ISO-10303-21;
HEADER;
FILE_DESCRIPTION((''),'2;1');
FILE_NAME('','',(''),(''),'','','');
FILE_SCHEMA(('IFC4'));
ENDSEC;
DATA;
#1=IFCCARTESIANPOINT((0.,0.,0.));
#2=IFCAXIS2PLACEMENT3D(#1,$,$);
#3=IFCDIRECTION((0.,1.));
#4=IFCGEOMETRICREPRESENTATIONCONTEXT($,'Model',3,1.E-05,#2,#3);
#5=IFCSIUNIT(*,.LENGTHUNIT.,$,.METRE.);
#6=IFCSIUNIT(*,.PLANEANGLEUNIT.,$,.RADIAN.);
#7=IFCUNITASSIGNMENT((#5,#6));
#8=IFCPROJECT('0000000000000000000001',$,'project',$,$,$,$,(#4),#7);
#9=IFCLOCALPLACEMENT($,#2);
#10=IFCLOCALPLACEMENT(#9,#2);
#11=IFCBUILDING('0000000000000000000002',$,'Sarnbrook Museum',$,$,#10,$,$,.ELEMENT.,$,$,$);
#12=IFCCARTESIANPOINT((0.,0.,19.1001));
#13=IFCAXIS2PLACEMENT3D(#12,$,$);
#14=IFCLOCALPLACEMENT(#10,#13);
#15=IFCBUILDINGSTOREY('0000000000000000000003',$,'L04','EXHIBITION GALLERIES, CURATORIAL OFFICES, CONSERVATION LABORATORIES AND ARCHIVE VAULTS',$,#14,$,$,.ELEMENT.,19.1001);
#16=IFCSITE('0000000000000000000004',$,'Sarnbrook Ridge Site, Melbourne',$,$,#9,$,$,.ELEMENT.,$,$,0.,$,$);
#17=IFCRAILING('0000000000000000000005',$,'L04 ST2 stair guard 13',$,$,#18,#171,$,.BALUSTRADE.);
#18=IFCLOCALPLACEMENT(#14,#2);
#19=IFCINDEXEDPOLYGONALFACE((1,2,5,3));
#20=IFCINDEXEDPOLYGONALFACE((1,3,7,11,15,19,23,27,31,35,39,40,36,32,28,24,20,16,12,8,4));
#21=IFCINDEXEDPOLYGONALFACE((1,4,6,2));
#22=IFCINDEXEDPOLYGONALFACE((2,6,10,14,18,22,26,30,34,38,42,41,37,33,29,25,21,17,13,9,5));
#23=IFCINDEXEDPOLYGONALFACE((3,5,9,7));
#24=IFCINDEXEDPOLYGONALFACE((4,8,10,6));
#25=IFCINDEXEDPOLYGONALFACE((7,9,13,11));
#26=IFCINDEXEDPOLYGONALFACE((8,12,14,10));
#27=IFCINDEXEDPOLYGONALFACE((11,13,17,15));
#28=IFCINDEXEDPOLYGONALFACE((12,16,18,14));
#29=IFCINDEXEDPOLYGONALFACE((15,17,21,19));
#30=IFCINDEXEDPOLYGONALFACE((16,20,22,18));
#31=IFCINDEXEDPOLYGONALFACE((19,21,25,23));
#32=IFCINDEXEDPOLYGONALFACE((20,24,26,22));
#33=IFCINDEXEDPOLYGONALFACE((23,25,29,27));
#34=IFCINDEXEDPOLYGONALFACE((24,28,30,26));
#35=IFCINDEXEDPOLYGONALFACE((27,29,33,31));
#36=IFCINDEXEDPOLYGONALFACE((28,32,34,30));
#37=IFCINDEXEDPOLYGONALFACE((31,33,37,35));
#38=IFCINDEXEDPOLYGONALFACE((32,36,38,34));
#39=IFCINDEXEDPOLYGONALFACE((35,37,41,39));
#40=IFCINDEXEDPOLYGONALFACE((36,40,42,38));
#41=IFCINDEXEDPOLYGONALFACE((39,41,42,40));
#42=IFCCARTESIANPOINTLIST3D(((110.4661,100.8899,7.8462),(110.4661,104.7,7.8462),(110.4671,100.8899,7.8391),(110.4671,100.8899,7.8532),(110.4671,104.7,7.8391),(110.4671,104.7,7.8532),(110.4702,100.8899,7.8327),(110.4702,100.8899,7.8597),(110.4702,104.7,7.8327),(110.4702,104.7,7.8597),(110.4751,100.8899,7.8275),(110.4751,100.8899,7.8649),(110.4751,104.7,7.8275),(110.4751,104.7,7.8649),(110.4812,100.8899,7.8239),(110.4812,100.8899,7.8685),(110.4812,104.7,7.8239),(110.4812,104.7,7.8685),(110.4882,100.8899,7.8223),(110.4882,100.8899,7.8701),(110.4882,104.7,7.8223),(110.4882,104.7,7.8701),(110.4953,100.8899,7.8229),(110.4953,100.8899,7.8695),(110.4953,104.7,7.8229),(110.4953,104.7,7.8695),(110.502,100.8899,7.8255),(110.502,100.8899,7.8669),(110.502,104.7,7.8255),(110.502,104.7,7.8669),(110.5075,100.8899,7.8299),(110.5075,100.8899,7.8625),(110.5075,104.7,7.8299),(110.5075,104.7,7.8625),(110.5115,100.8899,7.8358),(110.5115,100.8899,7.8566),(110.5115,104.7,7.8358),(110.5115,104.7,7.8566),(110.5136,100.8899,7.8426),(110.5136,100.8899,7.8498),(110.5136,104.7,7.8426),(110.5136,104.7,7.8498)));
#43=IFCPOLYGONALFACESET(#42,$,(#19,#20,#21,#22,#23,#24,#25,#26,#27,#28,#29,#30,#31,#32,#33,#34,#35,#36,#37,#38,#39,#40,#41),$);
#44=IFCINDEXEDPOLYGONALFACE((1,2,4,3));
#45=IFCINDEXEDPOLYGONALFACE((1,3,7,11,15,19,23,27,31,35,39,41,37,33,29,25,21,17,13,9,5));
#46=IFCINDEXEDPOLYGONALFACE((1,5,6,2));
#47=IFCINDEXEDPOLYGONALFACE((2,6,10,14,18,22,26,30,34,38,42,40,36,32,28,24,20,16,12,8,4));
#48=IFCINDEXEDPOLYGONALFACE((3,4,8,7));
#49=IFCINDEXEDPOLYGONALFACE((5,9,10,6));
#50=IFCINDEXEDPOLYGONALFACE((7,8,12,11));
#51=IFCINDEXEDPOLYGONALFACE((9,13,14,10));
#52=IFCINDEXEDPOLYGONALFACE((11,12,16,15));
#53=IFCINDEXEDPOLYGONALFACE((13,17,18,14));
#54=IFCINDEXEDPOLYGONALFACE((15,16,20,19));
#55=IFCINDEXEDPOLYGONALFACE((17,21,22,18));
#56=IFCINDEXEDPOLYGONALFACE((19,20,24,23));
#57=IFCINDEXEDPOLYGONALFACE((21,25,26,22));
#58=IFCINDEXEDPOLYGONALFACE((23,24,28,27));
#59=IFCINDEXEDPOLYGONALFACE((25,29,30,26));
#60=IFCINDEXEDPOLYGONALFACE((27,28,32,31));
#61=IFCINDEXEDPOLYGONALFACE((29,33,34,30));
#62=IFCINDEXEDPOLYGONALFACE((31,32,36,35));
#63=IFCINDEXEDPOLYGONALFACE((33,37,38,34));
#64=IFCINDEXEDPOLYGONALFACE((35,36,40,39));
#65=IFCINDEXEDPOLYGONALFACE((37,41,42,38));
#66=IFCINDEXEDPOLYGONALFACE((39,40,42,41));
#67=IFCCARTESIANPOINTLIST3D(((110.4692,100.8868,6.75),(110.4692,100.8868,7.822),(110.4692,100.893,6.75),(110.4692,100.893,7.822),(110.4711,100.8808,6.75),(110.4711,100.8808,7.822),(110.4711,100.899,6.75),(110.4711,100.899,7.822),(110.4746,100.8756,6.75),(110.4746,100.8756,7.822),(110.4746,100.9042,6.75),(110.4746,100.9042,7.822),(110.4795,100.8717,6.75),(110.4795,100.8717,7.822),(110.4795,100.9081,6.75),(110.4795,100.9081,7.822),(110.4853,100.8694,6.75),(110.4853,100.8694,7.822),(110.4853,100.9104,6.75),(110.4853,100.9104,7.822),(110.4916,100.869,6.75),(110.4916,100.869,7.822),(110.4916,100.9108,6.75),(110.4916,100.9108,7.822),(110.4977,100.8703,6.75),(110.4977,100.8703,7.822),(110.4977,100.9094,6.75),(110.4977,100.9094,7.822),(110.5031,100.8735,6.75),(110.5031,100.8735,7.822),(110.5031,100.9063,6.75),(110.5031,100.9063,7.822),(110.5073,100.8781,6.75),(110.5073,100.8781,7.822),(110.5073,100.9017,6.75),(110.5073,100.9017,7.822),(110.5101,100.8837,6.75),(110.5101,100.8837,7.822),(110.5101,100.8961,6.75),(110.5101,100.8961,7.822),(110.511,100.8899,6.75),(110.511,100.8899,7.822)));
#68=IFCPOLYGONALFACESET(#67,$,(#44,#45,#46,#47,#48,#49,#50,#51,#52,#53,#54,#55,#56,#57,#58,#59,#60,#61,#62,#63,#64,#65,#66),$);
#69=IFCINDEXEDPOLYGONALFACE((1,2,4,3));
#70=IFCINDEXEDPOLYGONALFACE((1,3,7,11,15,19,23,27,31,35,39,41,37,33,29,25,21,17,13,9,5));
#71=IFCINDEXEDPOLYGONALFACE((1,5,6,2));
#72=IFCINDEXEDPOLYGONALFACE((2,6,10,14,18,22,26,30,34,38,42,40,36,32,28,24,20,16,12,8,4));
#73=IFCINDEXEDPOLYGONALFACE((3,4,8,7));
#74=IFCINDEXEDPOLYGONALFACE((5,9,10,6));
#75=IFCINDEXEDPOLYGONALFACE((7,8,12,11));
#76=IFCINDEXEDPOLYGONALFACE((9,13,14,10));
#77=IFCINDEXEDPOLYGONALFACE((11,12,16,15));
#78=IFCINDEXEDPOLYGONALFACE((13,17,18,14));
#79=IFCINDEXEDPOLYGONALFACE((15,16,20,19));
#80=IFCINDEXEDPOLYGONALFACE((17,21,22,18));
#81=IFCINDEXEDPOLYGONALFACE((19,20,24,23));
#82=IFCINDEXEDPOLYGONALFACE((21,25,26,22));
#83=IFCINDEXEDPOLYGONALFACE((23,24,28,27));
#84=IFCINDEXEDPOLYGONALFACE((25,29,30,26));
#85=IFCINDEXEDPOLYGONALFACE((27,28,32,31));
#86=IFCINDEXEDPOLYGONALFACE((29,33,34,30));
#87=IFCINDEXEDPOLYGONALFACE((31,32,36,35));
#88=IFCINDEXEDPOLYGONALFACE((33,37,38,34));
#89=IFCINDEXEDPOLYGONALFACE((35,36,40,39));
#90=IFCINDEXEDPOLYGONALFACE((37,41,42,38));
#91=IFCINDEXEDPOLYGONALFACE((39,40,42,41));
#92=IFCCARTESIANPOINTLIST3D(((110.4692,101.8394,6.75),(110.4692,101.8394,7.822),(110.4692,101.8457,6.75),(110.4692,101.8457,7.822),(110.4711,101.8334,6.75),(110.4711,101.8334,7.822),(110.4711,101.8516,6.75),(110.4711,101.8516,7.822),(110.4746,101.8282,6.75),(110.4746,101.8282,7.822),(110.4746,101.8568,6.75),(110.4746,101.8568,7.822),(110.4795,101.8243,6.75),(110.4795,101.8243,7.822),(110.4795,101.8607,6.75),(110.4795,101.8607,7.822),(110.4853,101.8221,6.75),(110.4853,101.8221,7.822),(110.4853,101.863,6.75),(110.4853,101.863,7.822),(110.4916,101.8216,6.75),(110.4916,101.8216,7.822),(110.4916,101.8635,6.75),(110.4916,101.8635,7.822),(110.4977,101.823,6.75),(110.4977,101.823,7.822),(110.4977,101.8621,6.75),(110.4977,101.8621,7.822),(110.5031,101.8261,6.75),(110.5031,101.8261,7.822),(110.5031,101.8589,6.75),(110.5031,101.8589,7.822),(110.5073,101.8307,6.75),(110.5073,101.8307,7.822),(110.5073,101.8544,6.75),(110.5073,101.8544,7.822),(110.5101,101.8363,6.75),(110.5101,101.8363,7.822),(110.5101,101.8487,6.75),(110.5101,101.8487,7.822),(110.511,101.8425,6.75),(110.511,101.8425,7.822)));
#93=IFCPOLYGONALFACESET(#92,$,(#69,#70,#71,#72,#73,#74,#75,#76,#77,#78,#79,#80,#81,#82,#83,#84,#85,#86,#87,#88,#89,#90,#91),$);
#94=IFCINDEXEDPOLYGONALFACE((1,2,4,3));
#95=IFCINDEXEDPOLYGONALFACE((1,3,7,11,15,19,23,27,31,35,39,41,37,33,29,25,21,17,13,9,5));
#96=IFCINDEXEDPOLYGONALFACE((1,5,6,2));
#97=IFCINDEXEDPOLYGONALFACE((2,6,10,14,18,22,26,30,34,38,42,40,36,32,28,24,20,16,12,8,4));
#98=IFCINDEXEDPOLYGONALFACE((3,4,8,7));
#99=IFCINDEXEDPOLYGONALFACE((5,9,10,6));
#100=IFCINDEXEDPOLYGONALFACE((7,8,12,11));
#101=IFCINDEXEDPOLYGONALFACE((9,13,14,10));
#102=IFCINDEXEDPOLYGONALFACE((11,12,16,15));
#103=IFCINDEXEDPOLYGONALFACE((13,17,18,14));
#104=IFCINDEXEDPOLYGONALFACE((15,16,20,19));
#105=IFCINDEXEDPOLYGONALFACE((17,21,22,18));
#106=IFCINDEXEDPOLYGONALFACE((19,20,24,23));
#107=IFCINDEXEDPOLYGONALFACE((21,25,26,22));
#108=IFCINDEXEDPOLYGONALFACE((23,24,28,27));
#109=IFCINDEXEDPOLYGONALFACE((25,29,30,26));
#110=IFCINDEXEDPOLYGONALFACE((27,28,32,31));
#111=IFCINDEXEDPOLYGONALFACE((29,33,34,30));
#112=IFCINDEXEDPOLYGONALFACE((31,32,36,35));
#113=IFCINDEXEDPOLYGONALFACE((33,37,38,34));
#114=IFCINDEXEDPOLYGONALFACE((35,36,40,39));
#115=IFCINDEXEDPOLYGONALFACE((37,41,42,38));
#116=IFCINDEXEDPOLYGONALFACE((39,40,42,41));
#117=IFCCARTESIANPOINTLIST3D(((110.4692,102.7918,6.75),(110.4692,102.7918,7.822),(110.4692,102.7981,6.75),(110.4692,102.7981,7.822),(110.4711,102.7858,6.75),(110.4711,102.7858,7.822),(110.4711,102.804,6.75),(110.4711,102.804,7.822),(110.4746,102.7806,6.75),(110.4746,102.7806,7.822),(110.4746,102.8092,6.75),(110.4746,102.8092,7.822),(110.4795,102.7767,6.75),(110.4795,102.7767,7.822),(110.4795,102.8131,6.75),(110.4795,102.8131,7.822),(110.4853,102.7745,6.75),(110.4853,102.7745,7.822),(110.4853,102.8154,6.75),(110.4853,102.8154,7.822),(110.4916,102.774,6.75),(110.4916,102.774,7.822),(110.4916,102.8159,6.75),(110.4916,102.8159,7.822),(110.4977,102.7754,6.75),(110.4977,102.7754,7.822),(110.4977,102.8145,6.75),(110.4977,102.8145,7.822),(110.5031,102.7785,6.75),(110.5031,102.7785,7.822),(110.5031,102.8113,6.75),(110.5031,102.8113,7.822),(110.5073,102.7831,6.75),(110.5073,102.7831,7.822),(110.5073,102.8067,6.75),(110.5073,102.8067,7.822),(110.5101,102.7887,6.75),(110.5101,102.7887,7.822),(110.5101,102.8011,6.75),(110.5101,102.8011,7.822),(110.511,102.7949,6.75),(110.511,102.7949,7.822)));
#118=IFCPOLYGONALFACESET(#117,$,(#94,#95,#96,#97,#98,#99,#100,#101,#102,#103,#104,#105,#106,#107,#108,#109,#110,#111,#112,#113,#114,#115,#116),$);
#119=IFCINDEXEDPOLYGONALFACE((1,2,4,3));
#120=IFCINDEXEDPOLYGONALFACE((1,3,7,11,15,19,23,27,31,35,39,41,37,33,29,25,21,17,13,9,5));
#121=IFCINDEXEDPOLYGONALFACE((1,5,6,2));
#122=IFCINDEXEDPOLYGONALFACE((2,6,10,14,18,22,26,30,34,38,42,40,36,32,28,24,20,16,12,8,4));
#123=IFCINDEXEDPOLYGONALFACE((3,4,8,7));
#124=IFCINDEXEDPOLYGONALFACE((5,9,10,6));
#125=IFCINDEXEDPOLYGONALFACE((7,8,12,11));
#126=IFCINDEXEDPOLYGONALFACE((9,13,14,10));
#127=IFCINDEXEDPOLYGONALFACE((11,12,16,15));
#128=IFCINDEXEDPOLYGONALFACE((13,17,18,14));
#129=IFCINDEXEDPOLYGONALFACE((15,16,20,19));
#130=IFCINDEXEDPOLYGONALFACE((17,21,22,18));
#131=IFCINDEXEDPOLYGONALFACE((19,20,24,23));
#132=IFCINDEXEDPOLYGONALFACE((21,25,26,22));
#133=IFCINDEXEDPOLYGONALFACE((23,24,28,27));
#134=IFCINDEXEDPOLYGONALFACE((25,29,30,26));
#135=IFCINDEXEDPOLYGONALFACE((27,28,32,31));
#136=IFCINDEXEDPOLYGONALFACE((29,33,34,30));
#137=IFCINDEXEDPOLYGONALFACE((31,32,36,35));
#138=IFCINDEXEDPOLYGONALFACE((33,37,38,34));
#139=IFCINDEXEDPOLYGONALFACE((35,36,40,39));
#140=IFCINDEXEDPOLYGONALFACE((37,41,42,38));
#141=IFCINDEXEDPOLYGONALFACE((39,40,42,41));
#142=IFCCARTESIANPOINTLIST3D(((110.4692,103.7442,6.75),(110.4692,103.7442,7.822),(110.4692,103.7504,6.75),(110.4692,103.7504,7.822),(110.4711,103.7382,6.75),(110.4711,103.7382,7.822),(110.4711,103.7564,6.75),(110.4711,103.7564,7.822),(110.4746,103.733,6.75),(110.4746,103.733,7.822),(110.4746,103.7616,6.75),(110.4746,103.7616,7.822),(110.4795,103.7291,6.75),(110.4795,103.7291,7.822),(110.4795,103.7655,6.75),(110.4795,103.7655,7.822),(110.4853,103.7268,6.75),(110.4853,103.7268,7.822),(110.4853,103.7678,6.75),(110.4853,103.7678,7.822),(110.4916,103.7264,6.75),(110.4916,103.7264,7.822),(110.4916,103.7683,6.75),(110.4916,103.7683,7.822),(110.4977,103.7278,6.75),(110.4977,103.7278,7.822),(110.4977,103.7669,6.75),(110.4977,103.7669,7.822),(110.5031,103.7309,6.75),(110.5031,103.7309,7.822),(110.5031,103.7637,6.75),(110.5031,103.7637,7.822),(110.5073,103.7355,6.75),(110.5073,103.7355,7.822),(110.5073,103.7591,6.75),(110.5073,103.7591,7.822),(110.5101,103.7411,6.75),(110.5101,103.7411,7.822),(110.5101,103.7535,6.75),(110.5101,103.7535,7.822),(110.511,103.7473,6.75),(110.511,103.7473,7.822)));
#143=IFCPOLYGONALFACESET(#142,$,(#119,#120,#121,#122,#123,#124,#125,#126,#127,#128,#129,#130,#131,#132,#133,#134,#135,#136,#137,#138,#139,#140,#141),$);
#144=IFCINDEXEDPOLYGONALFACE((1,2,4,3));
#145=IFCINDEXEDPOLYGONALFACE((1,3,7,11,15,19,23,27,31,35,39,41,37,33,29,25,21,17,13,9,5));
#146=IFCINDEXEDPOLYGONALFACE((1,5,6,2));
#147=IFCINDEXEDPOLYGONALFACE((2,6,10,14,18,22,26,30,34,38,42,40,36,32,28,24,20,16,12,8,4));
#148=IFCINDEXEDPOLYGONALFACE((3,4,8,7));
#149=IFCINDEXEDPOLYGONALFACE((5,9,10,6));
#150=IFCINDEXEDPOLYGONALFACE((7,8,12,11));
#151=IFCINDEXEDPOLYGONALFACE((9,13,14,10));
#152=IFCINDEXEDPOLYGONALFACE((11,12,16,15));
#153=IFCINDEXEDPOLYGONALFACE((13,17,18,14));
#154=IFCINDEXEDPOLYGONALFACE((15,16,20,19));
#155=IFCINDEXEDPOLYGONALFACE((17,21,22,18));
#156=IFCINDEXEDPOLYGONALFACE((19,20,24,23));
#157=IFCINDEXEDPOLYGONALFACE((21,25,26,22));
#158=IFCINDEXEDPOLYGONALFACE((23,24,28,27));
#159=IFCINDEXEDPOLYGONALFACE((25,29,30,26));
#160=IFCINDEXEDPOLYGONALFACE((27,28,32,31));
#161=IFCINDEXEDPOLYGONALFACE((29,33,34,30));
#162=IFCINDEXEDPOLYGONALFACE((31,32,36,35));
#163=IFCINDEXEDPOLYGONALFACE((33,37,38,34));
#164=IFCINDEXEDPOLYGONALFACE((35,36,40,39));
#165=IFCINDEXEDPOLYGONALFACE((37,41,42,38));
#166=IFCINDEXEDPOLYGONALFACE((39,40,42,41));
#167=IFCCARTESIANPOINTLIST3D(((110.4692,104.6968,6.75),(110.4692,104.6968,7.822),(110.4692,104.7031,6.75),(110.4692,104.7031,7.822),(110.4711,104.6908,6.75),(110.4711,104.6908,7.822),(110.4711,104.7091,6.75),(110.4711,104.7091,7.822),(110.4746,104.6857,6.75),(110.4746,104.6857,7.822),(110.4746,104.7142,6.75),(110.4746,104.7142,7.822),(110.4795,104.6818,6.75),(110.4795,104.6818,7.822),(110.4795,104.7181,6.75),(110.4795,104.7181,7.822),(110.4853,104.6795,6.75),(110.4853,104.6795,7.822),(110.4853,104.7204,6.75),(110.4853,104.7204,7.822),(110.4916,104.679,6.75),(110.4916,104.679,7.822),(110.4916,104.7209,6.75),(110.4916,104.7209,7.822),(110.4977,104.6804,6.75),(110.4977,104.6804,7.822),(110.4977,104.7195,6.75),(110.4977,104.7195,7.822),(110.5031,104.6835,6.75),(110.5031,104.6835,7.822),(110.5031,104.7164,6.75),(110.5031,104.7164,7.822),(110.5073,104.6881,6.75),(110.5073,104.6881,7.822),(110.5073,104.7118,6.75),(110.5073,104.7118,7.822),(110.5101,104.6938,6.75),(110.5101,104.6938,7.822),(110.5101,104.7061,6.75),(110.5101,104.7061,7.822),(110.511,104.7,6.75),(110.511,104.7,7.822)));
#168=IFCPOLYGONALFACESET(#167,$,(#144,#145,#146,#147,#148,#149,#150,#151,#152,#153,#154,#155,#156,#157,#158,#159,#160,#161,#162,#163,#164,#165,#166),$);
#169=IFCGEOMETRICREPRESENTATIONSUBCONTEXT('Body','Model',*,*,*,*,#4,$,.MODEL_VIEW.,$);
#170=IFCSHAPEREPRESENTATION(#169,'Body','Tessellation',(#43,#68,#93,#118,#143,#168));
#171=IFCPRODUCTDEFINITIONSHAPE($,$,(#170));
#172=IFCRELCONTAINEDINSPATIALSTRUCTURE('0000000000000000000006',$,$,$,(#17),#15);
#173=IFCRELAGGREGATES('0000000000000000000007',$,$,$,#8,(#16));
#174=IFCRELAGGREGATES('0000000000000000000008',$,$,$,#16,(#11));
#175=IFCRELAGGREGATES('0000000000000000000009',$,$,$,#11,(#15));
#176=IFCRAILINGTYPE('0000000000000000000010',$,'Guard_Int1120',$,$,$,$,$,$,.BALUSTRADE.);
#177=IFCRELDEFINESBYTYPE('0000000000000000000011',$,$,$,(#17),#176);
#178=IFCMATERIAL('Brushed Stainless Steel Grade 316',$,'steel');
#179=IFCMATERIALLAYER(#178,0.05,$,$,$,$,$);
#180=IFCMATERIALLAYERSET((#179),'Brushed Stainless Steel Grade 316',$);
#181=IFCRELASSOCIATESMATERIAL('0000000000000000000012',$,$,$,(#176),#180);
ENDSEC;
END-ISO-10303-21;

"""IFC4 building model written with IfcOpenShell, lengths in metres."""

from ifc_helpers import new_model, si_unit, direction, frame, origin, origin_2d, place, context, subcontext, project, spatial, circle, extrude, material, layer, layer_set, type_object, element, save


model = new_model("IFC4")

# Units and contexts
model_context = context("Model", 3, precision=1e-05, world=origin(), true_north=direction((0.0, 1.0)))
body_context = subcontext(model_context, "Body", "Model", "MODEL_VIEW")
ifc_project = project(units=[si_unit("LENGTHUNIT", "METRE"), si_unit("PLANEANGLEUNIT", "RADIAN")], contexts=[model_context])

# Site, building, storey
site_placement = place(None, origin())
site = spatial("IfcSite", under=ifc_project, at=site_placement, Name="Sarnbrook Ridge Site, Melbourne", CompositionType="ELEMENT", RefElevation=0.0)
building_placement = place(site_placement, origin())
building = spatial("IfcBuilding", under=site, at=building_placement, Name="Sarnbrook Museum", CompositionType="ELEMENT")
storey_placement = place(building_placement, frame((0.0, 0.0, 19.1001)))
storey = spatial("IfcBuildingStorey", under=building, at=storey_placement, Name="L04", Description="EXHIBITION GALLERIES, CURATORIAL OFFICES, CONSERVATION LABORATORIES AND ARCHIVE VAULTS", CompositionType="ELEMENT", Elevation=19.1001)

# Railing
ifc_material_1 = material(Name="Brushed Stainless Steel Grade 316", Category="steel")
ifc_layer_1 = layer(ifc_material_1, 0.05)
ifc_layer_set_1 = layer_set([ifc_layer_1], Name="Brushed Stainless Steel Grade 316")
railing_type_1 = type_object("IfcRailingType", Name="Guard_Int1120", PredefinedType="BALUSTRADE", material=ifc_layer_set_1)
railing_1_placement = place(storey_placement, frame((110.49, 100.8899, 6.75)))
element("IfcRailing", 1, at=railing_1_placement, inside=storey, type_object=railing_type_1, Name="L04 ST2 stair guard 13", PredefinedType="BALUSTRADE", context=body_context, shape_type="SweptSolid", body=[
    extrude(circle(Radius=0.0239, at=origin_2d()), frame((0.0, 0.0, 1.0962), z_axis=(0.0, 1.0, 0.0), x_axis=(-1.0, 0.0, 0.0)), (0.0, 0.0, 1.0), 3.8101),
    extrude(circle(Radius=0.021, at=origin_2d()), origin(), (0.0, 0.0, 1.0), 1.072),
    extrude(circle(Radius=0.021, at=origin_2d()), frame((0.0, 0.9526, 0.0)), (0.0, 0.0, 1.0), 1.072),
    extrude(circle(Radius=0.021, at=origin_2d()), frame((0.0, 1.905, 0.0)), (0.0, 0.0, 1.0), 1.072),
    extrude(circle(Radius=0.021, at=origin_2d()), frame((0.0, 2.8574, 0.0)), (0.0, 0.0, 1.0), 1.072),
    extrude(circle(Radius=0.021, at=origin_2d()), frame((0.0, 3.8101, 0.0)), (0.0, 0.0, 1.0), 1.072),
])

save(model, "model.ifc")
